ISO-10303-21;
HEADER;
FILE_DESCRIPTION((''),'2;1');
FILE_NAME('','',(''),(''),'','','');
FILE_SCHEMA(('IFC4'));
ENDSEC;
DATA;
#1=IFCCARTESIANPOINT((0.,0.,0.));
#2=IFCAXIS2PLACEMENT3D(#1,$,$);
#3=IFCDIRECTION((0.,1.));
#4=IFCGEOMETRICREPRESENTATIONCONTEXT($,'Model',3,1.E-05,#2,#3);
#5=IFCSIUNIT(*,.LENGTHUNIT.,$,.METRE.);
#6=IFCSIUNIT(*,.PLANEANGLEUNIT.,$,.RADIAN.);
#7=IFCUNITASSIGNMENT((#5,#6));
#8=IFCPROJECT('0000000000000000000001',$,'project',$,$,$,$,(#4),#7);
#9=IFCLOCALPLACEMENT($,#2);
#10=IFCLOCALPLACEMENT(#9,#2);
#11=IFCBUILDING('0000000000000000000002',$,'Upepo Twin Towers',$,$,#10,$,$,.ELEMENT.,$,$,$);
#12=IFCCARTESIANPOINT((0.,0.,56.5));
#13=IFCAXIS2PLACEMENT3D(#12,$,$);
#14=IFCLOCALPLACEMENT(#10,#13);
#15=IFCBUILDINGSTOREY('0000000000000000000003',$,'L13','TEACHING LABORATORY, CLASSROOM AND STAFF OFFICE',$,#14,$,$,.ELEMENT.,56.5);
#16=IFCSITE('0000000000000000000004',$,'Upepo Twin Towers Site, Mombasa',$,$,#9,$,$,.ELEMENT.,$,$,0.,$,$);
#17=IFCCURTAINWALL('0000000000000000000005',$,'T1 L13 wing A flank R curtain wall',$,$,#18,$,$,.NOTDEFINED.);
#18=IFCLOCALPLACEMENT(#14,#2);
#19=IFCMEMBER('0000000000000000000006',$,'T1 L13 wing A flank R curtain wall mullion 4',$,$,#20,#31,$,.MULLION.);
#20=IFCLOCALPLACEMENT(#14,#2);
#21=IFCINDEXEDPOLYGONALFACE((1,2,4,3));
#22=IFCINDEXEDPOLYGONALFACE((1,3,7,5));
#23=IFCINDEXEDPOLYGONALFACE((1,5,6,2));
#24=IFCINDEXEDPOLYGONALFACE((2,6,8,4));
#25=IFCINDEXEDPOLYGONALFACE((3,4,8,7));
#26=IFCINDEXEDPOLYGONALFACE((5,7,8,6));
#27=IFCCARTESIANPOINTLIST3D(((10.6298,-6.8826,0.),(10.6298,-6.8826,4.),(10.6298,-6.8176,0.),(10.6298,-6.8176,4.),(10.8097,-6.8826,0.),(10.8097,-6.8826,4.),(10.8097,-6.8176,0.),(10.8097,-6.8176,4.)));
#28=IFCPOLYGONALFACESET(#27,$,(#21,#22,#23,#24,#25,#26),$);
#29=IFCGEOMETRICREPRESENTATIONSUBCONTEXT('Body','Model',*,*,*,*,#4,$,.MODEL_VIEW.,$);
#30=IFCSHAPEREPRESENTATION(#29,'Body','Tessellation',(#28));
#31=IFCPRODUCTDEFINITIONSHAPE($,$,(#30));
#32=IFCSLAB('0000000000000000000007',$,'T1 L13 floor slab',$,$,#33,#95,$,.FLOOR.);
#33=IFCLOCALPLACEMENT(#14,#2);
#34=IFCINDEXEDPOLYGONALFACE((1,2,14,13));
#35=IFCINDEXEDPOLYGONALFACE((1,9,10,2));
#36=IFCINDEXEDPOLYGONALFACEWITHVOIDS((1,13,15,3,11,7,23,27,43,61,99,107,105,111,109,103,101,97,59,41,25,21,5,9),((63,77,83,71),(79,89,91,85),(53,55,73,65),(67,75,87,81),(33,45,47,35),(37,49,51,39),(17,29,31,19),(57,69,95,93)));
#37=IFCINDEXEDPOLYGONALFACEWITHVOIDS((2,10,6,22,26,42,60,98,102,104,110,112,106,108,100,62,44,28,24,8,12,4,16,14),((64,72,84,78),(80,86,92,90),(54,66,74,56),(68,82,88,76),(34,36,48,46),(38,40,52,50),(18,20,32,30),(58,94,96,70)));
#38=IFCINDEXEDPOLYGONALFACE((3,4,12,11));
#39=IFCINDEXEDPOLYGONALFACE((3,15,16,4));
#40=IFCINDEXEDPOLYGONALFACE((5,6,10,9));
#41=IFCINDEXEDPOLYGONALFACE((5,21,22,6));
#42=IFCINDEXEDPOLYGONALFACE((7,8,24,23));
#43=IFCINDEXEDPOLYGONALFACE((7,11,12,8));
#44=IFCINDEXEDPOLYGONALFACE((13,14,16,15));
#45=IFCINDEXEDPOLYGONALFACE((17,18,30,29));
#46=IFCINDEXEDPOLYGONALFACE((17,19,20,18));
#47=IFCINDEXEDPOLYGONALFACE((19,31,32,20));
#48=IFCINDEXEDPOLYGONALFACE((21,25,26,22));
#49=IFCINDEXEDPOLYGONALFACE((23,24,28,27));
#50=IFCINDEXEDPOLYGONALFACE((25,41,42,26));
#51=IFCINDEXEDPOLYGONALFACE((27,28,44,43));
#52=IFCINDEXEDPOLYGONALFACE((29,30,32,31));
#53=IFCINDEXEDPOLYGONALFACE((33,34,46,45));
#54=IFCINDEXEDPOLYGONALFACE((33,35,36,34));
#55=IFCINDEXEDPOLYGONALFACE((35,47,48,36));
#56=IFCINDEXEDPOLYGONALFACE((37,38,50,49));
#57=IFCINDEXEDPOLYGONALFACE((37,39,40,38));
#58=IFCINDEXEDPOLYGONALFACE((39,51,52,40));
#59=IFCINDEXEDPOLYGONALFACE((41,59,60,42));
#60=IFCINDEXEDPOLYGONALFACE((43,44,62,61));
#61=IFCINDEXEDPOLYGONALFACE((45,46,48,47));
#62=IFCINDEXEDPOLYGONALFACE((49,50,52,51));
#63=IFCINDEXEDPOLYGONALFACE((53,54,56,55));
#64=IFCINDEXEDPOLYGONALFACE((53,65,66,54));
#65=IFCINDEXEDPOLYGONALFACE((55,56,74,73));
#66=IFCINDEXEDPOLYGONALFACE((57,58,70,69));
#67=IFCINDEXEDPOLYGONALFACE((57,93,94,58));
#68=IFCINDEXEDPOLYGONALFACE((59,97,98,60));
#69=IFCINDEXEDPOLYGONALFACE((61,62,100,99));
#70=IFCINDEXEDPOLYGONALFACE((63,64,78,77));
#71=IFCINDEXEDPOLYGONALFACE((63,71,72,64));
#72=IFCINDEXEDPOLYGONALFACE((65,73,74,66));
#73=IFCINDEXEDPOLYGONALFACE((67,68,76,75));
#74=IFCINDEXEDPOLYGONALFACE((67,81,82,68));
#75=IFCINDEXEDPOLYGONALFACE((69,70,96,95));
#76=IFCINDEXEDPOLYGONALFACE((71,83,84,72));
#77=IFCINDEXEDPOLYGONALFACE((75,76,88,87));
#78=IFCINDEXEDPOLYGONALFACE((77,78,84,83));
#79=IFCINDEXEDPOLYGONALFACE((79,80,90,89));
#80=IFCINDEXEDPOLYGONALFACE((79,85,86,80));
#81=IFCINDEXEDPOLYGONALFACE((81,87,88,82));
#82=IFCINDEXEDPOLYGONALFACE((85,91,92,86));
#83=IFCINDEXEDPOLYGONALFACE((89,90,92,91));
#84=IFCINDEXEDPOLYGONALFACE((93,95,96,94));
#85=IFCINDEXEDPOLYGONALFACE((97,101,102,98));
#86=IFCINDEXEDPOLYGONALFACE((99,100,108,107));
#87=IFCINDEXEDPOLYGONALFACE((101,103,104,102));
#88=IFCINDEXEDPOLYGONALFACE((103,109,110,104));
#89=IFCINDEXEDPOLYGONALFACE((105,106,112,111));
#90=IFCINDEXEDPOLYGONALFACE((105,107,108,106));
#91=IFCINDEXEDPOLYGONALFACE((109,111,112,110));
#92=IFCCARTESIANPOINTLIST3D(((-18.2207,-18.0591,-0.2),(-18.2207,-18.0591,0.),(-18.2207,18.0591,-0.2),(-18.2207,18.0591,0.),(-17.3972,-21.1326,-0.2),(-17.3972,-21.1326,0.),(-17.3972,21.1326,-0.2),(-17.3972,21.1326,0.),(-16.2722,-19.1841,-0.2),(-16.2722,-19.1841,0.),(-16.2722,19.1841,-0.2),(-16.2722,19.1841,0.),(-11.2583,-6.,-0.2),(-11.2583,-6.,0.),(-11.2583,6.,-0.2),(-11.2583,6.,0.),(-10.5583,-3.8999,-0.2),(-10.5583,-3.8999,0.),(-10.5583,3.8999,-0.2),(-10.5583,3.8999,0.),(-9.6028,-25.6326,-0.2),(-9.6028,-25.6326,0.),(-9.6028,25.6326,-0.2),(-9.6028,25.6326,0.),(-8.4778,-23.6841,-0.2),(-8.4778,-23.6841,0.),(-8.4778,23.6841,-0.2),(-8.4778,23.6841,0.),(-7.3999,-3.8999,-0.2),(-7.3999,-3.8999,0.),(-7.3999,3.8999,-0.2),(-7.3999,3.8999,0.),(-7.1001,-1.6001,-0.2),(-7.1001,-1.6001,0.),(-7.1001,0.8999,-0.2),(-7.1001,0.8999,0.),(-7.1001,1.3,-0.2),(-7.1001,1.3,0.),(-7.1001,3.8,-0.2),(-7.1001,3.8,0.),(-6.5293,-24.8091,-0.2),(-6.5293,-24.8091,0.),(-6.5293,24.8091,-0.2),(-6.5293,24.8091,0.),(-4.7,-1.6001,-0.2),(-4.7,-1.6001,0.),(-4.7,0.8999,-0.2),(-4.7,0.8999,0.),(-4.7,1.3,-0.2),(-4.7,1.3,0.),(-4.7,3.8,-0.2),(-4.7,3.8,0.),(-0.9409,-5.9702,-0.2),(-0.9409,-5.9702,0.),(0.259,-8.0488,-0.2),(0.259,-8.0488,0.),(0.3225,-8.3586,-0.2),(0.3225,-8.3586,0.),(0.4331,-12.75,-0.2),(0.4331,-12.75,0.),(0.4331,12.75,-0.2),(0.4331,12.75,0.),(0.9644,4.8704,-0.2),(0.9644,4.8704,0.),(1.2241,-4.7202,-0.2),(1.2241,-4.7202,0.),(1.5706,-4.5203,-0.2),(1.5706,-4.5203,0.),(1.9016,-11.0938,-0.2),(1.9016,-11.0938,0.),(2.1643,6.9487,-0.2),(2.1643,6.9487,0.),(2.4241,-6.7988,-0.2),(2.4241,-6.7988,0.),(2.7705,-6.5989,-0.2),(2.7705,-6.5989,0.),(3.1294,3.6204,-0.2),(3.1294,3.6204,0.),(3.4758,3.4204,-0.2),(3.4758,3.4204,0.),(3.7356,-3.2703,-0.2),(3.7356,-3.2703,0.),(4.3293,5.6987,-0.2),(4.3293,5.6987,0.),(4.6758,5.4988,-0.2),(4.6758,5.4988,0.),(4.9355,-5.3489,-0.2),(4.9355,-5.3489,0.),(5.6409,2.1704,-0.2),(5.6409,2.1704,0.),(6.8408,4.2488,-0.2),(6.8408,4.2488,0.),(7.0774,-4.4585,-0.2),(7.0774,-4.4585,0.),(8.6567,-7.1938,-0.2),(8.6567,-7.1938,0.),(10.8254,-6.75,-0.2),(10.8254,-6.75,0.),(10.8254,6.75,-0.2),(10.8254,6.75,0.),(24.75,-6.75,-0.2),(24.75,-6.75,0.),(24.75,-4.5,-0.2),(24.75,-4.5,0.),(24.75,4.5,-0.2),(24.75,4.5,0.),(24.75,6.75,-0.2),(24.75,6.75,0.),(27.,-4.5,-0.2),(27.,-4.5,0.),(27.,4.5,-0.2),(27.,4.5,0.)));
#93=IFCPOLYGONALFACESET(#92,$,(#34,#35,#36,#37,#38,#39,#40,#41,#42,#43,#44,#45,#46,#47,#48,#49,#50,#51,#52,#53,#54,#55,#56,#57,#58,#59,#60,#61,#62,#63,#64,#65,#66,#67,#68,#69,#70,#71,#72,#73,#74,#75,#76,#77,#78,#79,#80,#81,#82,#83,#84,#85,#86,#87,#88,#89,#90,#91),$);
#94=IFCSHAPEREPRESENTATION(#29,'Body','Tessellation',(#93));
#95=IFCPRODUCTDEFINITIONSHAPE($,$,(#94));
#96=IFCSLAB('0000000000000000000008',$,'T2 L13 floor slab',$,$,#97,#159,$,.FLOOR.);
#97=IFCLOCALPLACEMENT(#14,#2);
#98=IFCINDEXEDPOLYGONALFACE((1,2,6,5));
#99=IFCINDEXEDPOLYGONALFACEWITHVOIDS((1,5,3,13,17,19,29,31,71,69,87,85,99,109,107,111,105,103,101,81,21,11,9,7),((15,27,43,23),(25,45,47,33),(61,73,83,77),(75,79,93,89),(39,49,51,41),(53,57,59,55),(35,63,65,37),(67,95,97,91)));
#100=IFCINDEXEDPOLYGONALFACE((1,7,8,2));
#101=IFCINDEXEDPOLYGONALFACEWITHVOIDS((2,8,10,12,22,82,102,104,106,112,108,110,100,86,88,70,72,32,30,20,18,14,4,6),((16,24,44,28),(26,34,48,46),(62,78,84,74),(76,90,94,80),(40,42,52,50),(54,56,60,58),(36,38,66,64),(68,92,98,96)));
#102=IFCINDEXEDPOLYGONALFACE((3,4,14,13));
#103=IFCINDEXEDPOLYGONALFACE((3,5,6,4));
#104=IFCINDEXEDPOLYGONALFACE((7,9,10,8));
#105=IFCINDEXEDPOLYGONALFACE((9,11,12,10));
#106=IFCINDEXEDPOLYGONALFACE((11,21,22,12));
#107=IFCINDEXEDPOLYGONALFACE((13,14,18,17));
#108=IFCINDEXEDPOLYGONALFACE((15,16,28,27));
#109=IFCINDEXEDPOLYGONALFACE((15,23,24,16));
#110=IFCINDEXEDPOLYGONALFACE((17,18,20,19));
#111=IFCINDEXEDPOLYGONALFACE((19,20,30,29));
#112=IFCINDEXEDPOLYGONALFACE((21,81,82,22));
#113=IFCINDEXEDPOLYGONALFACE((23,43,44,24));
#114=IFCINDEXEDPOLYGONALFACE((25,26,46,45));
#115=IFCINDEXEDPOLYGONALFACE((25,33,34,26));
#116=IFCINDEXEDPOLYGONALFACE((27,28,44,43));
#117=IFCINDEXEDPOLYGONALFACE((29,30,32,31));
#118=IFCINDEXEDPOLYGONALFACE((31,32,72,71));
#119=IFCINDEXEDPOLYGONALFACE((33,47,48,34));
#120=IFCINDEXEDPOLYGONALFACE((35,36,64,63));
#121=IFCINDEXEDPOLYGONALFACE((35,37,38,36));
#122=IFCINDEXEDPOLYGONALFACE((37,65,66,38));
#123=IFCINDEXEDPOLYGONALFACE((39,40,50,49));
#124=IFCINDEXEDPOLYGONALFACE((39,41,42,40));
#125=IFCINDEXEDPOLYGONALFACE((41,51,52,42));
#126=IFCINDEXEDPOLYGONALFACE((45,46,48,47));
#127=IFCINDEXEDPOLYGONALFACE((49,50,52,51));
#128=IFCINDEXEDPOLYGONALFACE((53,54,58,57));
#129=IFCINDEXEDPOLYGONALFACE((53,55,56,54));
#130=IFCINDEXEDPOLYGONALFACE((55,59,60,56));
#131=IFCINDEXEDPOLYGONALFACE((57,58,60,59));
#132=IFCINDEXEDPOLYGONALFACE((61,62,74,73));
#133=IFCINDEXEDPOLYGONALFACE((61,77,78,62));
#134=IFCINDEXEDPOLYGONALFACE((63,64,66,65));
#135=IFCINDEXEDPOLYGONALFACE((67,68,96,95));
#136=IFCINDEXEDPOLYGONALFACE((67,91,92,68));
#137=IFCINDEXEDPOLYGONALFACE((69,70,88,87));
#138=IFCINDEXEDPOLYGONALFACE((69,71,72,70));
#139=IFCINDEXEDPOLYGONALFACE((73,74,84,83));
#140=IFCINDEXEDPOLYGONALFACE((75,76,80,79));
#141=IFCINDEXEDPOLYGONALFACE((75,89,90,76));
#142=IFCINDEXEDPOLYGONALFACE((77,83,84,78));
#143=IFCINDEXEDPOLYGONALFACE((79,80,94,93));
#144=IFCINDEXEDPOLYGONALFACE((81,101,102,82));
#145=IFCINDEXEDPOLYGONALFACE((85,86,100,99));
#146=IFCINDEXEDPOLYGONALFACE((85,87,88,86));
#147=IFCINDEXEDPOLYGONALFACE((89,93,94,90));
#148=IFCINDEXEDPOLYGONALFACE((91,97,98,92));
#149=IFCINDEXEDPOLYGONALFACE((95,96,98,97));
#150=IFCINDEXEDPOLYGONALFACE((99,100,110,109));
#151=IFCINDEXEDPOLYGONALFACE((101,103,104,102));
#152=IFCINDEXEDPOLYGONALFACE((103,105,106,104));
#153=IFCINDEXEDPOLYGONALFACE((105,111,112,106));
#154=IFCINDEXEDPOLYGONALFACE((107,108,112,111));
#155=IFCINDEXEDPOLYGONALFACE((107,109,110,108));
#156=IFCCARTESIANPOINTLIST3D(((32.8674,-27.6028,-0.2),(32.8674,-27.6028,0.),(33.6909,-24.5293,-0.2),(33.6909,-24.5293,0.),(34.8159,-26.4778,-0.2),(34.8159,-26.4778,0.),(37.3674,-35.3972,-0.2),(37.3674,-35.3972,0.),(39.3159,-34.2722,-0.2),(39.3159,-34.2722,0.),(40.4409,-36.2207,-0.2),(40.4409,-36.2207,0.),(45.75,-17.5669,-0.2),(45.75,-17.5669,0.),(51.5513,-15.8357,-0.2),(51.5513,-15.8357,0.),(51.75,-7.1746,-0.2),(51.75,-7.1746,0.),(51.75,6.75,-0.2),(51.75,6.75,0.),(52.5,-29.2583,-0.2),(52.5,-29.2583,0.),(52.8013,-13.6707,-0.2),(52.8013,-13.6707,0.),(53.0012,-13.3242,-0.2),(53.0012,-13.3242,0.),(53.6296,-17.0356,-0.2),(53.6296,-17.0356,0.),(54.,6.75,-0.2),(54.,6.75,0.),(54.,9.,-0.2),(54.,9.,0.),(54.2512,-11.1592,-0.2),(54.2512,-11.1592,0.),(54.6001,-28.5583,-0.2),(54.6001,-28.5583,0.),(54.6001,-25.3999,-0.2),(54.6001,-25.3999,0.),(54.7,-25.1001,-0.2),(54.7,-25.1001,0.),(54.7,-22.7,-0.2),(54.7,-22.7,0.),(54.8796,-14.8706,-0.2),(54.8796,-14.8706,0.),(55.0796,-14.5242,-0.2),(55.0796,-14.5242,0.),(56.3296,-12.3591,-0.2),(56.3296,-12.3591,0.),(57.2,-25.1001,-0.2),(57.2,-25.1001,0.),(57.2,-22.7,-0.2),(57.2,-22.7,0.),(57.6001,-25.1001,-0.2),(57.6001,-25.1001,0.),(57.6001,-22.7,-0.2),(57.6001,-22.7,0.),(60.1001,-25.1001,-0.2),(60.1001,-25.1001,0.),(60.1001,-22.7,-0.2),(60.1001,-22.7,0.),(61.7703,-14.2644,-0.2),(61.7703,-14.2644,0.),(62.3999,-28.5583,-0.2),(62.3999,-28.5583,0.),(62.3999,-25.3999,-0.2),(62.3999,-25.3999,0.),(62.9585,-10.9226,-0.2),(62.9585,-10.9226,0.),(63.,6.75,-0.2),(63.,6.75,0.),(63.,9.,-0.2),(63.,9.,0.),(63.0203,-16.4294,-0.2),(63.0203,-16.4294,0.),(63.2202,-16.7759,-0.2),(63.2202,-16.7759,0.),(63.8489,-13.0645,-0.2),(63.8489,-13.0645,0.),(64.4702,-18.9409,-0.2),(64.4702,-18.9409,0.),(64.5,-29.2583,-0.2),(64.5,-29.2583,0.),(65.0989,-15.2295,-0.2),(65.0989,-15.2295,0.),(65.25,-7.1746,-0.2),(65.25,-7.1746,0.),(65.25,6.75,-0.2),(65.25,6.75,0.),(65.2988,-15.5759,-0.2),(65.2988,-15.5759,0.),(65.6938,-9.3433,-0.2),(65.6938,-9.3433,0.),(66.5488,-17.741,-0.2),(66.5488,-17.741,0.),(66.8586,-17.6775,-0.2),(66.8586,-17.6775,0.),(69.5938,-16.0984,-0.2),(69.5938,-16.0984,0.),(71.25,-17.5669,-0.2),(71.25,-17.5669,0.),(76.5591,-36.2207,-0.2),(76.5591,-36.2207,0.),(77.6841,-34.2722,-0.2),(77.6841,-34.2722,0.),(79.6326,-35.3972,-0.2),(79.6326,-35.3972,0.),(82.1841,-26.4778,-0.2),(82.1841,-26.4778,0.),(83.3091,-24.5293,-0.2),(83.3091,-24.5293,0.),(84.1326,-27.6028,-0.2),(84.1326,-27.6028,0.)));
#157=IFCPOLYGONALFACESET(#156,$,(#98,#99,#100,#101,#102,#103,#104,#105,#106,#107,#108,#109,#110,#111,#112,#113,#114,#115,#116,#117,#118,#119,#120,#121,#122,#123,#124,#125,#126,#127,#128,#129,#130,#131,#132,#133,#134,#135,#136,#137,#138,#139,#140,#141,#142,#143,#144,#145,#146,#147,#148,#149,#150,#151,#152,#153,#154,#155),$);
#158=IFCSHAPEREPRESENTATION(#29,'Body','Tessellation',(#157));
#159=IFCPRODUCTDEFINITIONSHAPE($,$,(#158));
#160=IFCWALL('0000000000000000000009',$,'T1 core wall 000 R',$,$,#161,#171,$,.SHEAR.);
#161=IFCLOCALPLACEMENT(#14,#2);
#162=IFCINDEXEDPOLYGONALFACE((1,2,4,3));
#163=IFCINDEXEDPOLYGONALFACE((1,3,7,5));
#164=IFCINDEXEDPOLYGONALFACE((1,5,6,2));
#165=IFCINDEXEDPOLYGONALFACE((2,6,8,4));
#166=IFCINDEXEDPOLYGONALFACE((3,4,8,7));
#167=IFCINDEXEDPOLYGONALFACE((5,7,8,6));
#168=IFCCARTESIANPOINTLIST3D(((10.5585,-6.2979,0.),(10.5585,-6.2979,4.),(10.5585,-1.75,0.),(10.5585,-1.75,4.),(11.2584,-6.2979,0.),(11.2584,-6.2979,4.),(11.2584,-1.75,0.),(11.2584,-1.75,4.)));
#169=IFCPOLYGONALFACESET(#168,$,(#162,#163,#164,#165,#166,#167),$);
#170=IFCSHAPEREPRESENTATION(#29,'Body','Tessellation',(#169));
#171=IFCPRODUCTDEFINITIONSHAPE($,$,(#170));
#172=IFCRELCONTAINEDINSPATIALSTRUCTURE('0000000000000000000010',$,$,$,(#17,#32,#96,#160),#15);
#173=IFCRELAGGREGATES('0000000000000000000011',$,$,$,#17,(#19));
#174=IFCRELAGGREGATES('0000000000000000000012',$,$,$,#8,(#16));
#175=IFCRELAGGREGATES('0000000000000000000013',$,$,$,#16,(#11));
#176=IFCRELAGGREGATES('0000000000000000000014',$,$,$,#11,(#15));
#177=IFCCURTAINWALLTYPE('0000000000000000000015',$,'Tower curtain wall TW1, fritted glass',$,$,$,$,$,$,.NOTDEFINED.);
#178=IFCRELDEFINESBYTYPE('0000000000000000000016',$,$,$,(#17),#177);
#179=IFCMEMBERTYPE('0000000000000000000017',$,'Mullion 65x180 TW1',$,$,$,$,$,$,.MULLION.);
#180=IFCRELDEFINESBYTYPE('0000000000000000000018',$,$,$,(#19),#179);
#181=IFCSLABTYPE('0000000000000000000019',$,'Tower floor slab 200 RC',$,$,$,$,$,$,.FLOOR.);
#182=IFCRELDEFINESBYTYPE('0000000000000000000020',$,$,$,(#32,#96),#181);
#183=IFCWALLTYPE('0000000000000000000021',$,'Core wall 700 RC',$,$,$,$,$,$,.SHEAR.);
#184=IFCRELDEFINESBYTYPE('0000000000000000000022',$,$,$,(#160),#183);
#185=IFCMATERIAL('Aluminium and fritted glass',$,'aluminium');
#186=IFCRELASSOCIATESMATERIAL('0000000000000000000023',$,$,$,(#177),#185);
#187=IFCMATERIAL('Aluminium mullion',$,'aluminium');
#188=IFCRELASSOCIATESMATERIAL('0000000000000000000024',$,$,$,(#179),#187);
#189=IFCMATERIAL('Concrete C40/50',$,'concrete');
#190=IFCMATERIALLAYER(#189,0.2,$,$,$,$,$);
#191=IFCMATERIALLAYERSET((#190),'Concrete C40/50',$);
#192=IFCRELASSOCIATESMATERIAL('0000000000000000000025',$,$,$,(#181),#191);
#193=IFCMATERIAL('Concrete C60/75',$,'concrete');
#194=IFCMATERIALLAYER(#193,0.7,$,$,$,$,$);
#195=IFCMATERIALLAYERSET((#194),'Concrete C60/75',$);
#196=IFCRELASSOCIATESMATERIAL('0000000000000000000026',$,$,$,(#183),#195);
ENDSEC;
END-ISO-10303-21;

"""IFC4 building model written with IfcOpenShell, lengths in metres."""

from ifc_helpers import new_model, si_unit, direction, frame, frame_2d, origin, origin_2d, place, context, subcontext, project, spatial, polyline, rectangle, outline, extrude, material, layer, layer_set, material_profile, profile_set, type_object, element, aggregate, save


model = new_model("IFC4")

# Units and contexts
model_context = context("Model", 3, precision=1e-05, world=origin(), true_north=direction((0.0, 1.0)))
body_context = subcontext(model_context, "Body", "Model", "MODEL_VIEW")
ifc_project = project(units=[si_unit("LENGTHUNIT", "METRE"), si_unit("PLANEANGLEUNIT", "RADIAN")], contexts=[model_context])

# Site, building, storey
site_placement = place(None, origin())
site = spatial("IfcSite", under=ifc_project, at=site_placement, Name="Upepo Twin Towers Site, Mombasa", CompositionType="ELEMENT", RefElevation=0.0)
building_placement = place(site_placement, origin())
building = spatial("IfcBuilding", under=site, at=building_placement, Name="Upepo Twin Towers", CompositionType="ELEMENT")
storey_placement = place(building_placement, frame((0.0, 0.0, 56.5)))
storey = spatial("IfcBuildingStorey", under=building, at=storey_placement, Name="L13", Description="TEACHING LABORATORY, CLASSROOM AND STAFF OFFICE", CompositionType="ELEMENT", Elevation=56.5)

# Curtain wall, member
ifc_material_1 = material(Name="Aluminium and fritted glass", Category="aluminium")
curtain_wall_type = type_object("IfcCurtainWallType", Name="Tower curtain wall TW1, fritted glass", PredefinedType="NOTDEFINED", material=ifc_material_1)
curtain_wall_placement = place(storey_placement, origin())
curtain_wall = element("IfcCurtainWall", 1, at=curtain_wall_placement, inside=storey, type_object=curtain_wall_type, Name="T1 L13 wing A flank R curtain wall", PredefinedType="NOTDEFINED")
ifc_material_2 = material(Name="Aluminium mullion", Category="aluminium")
ifc_material_profile = material_profile(ifc_material_2, rectangle(XDim=0.0649, YDim=0.1799, at=origin_2d()), Name="MULLION 65x180")
ifc_profile_set = profile_set([ifc_material_profile], Name="Aluminium mullion")
member_type = type_object("IfcMemberType", Name="Mullion 65x180 TW1", PredefinedType="MULLION", material=ifc_profile_set)
member_placement = place(storey_placement, frame((10.7197, -6.8501, 0.0), z_axis=(0.0, 0.0, 1.0), x_axis=(0.0, -1.0, 0.0)))
member = element("IfcMember", 2, at=member_placement, type_object=member_type, Name="T1 L13 wing A flank R curtain wall mullion 4", PredefinedType="MULLION", context=body_context, shape_type="SweptSolid", body=[
    extrude(rectangle(XDim=0.0649, YDim=0.1799, at=origin_2d()), origin(), (0.0, 0.0, 1.0), 4.0),
])
aggregate(curtain_wall, [member])

# Slabs
ifc_material_3 = material(Name="Concrete C40/50", Category="concrete")
ifc_layer_1 = layer(ifc_material_3, 0.2)
ifc_layer_set_1 = layer_set([ifc_layer_1], Name="Concrete C40/50")
slab_type = type_object("IfcSlabType", Name="Tower floor slab 200 RC", PredefinedType="FLOOR", material=ifc_layer_set_1)
slab_1_placement = place(storey_placement, frame((0.0, 0.0, -0.2)))
element("IfcSlab", 3, at=slab_1_placement, inside=storey, type_object=slab_type, Name="T1 L13 floor slab", PredefinedType="FLOOR", context=body_context, shape_type="SweptSolid", body=[
    extrude(outline(polyline([(-8.4778, -23.6841), (-9.6028, -25.6326), (-17.3972, -21.1326), (-16.2722, -19.1841), (-18.2207, -18.0591), (-11.2583, -6.0), (-11.2583, 6.0), (-18.2207, 18.0591), (-16.2722, 19.1841), (-17.3972, 21.1326), (-9.6028, 25.6326), (-8.4778, 23.6841), (-6.5293, 24.8091), (0.4331, 12.75), (10.8254, 6.75), (24.75, 6.75), (24.75, 4.5), (27.0, 4.5), (27.0, -4.5), (24.75, -4.5), (24.75, -6.75), (10.8254, -6.75), (0.4331, -12.75), (-6.5293, -24.8091), (-8.4778, -23.6841)]), holes=[polyline([(5.6409, 2.1704), (6.8408, 4.2488), (4.6758, 5.4988), (3.4758, 3.4204), (5.6409, 2.1704)]), polyline([(3.1294, 3.6204), (4.3293, 5.6987), (2.1643, 6.9487), (0.9644, 4.8704), (3.1294, 3.6204)]), polyline([(-4.7, 3.8), (-7.1001, 3.8), (-7.1001, 1.3), (-4.7, 1.3), (-4.7, 3.8)]), polyline([(-4.7, 0.8999), (-7.1001, 0.8999), (-7.1001, -1.6001), (-4.7, -1.6001), (-4.7, 0.8999)]), polyline([(-7.3999, 3.8999), (-10.5583, 3.8999), (-10.5583, -3.8999), (-7.3999, -3.8999), (-7.3999, 3.8999)]), polyline([(-0.9409, -5.9702), (0.259, -8.0488), (2.4241, -6.7988), (1.2241, -4.7202), (-0.9409, -5.9702)]), polyline([(1.5706, -4.5203), (2.7705, -6.5989), (4.9355, -5.3489), (3.7356, -3.2703), (1.5706, -4.5203)]), polyline([(0.3225, -8.3586), (1.9016, -11.0938), (8.6567, -7.1938), (7.0774, -4.4585), (0.3225, -8.3586)])]), origin(), (0.0, 0.0, 1.0), 0.2),
])
slab_2_placement = place(storey_placement, frame((0.0, 0.0, -0.2)))
element("IfcSlab", 4, at=slab_2_placement, inside=storey, type_object=slab_type, Name="T2 L13 floor slab", PredefinedType="FLOOR", context=body_context, shape_type="SweptSolid", body=[
    extrude(outline(polyline([(82.1841, -26.4778), (84.1326, -27.6028), (79.6326, -35.3972), (77.6841, -34.2722), (76.5591, -36.2207), (64.5, -29.2583), (52.5, -29.2583), (40.4409, -36.2207), (39.3159, -34.2722), (37.3674, -35.3972), (32.8674, -27.6028), (34.8159, -26.4778), (33.6909, -24.5293), (45.75, -17.5669), (51.75, -7.1746), (51.75, 6.75), (54.0, 6.75), (54.0, 9.0), (63.0, 9.0), (63.0, 6.75), (65.25, 6.75), (65.25, -7.1746), (71.25, -17.5669), (83.3091, -24.5293), (82.1841, -26.4778)]), holes=[polyline([(56.3296, -12.3591), (54.2512, -11.1592), (53.0012, -13.3242), (55.0796, -14.5242), (56.3296, -12.3591)]), polyline([(54.8796, -14.8706), (52.8013, -13.6707), (51.5513, -15.8357), (53.6296, -17.0356), (54.8796, -14.8706)]), polyline([(54.7, -22.7), (54.7, -25.1001), (57.2, -25.1001), (57.2, -22.7), (54.7, -22.7)]), polyline([(57.6001, -22.7), (57.6001, -25.1001), (60.1001, -25.1001), (60.1001, -22.7), (57.6001, -22.7)]), polyline([(54.6001, -25.3999), (54.6001, -28.5583), (62.3999, -28.5583), (62.3999, -25.3999), (54.6001, -25.3999)]), polyline([(64.4702, -18.9409), (66.5488, -17.741), (65.2988, -15.5759), (63.2202, -16.7759), (64.4702, -18.9409)]), polyline([(63.0203, -16.4294), (65.0989, -15.2295), (63.8489, -13.0645), (61.7703, -14.2644), (63.0203, -16.4294)]), polyline([(66.8586, -17.6775), (69.5938, -16.0984), (65.6938, -9.3433), (62.9585, -10.9226), (66.8586, -17.6775)])]), origin(), (0.0, 0.0, 1.0), 0.2),
])

# Wall
ifc_material_4 = material(Name="Concrete C60/75", Category="concrete")
ifc_layer_2 = layer(ifc_material_4, 0.7)
ifc_layer_set_2 = layer_set([ifc_layer_2], Name="Concrete C60/75")
wall_type_1 = type_object("IfcWallType", Name="Core wall 700 RC", PredefinedType="SHEAR", material=ifc_layer_set_2)
wall_1_placement = place(storey_placement, frame((10.9084, -6.2979, 0.0), z_axis=(0.0, 0.0, 1.0), x_axis=(0.0, 1.0, 0.0)))
element("IfcWall", 5, at=wall_1_placement, inside=storey, type_object=wall_type_1, Name="T1 core wall 000 R", PredefinedType="SHEAR", context=body_context, shape_type="SweptSolid", body=[
    extrude(rectangle(XDim=4.5479, YDim=0.7, at=frame_2d((2.2739, 0.0))), origin(), (0.0, 0.0, 1.0), 4.0),
])

save(model, "model.ifc")
